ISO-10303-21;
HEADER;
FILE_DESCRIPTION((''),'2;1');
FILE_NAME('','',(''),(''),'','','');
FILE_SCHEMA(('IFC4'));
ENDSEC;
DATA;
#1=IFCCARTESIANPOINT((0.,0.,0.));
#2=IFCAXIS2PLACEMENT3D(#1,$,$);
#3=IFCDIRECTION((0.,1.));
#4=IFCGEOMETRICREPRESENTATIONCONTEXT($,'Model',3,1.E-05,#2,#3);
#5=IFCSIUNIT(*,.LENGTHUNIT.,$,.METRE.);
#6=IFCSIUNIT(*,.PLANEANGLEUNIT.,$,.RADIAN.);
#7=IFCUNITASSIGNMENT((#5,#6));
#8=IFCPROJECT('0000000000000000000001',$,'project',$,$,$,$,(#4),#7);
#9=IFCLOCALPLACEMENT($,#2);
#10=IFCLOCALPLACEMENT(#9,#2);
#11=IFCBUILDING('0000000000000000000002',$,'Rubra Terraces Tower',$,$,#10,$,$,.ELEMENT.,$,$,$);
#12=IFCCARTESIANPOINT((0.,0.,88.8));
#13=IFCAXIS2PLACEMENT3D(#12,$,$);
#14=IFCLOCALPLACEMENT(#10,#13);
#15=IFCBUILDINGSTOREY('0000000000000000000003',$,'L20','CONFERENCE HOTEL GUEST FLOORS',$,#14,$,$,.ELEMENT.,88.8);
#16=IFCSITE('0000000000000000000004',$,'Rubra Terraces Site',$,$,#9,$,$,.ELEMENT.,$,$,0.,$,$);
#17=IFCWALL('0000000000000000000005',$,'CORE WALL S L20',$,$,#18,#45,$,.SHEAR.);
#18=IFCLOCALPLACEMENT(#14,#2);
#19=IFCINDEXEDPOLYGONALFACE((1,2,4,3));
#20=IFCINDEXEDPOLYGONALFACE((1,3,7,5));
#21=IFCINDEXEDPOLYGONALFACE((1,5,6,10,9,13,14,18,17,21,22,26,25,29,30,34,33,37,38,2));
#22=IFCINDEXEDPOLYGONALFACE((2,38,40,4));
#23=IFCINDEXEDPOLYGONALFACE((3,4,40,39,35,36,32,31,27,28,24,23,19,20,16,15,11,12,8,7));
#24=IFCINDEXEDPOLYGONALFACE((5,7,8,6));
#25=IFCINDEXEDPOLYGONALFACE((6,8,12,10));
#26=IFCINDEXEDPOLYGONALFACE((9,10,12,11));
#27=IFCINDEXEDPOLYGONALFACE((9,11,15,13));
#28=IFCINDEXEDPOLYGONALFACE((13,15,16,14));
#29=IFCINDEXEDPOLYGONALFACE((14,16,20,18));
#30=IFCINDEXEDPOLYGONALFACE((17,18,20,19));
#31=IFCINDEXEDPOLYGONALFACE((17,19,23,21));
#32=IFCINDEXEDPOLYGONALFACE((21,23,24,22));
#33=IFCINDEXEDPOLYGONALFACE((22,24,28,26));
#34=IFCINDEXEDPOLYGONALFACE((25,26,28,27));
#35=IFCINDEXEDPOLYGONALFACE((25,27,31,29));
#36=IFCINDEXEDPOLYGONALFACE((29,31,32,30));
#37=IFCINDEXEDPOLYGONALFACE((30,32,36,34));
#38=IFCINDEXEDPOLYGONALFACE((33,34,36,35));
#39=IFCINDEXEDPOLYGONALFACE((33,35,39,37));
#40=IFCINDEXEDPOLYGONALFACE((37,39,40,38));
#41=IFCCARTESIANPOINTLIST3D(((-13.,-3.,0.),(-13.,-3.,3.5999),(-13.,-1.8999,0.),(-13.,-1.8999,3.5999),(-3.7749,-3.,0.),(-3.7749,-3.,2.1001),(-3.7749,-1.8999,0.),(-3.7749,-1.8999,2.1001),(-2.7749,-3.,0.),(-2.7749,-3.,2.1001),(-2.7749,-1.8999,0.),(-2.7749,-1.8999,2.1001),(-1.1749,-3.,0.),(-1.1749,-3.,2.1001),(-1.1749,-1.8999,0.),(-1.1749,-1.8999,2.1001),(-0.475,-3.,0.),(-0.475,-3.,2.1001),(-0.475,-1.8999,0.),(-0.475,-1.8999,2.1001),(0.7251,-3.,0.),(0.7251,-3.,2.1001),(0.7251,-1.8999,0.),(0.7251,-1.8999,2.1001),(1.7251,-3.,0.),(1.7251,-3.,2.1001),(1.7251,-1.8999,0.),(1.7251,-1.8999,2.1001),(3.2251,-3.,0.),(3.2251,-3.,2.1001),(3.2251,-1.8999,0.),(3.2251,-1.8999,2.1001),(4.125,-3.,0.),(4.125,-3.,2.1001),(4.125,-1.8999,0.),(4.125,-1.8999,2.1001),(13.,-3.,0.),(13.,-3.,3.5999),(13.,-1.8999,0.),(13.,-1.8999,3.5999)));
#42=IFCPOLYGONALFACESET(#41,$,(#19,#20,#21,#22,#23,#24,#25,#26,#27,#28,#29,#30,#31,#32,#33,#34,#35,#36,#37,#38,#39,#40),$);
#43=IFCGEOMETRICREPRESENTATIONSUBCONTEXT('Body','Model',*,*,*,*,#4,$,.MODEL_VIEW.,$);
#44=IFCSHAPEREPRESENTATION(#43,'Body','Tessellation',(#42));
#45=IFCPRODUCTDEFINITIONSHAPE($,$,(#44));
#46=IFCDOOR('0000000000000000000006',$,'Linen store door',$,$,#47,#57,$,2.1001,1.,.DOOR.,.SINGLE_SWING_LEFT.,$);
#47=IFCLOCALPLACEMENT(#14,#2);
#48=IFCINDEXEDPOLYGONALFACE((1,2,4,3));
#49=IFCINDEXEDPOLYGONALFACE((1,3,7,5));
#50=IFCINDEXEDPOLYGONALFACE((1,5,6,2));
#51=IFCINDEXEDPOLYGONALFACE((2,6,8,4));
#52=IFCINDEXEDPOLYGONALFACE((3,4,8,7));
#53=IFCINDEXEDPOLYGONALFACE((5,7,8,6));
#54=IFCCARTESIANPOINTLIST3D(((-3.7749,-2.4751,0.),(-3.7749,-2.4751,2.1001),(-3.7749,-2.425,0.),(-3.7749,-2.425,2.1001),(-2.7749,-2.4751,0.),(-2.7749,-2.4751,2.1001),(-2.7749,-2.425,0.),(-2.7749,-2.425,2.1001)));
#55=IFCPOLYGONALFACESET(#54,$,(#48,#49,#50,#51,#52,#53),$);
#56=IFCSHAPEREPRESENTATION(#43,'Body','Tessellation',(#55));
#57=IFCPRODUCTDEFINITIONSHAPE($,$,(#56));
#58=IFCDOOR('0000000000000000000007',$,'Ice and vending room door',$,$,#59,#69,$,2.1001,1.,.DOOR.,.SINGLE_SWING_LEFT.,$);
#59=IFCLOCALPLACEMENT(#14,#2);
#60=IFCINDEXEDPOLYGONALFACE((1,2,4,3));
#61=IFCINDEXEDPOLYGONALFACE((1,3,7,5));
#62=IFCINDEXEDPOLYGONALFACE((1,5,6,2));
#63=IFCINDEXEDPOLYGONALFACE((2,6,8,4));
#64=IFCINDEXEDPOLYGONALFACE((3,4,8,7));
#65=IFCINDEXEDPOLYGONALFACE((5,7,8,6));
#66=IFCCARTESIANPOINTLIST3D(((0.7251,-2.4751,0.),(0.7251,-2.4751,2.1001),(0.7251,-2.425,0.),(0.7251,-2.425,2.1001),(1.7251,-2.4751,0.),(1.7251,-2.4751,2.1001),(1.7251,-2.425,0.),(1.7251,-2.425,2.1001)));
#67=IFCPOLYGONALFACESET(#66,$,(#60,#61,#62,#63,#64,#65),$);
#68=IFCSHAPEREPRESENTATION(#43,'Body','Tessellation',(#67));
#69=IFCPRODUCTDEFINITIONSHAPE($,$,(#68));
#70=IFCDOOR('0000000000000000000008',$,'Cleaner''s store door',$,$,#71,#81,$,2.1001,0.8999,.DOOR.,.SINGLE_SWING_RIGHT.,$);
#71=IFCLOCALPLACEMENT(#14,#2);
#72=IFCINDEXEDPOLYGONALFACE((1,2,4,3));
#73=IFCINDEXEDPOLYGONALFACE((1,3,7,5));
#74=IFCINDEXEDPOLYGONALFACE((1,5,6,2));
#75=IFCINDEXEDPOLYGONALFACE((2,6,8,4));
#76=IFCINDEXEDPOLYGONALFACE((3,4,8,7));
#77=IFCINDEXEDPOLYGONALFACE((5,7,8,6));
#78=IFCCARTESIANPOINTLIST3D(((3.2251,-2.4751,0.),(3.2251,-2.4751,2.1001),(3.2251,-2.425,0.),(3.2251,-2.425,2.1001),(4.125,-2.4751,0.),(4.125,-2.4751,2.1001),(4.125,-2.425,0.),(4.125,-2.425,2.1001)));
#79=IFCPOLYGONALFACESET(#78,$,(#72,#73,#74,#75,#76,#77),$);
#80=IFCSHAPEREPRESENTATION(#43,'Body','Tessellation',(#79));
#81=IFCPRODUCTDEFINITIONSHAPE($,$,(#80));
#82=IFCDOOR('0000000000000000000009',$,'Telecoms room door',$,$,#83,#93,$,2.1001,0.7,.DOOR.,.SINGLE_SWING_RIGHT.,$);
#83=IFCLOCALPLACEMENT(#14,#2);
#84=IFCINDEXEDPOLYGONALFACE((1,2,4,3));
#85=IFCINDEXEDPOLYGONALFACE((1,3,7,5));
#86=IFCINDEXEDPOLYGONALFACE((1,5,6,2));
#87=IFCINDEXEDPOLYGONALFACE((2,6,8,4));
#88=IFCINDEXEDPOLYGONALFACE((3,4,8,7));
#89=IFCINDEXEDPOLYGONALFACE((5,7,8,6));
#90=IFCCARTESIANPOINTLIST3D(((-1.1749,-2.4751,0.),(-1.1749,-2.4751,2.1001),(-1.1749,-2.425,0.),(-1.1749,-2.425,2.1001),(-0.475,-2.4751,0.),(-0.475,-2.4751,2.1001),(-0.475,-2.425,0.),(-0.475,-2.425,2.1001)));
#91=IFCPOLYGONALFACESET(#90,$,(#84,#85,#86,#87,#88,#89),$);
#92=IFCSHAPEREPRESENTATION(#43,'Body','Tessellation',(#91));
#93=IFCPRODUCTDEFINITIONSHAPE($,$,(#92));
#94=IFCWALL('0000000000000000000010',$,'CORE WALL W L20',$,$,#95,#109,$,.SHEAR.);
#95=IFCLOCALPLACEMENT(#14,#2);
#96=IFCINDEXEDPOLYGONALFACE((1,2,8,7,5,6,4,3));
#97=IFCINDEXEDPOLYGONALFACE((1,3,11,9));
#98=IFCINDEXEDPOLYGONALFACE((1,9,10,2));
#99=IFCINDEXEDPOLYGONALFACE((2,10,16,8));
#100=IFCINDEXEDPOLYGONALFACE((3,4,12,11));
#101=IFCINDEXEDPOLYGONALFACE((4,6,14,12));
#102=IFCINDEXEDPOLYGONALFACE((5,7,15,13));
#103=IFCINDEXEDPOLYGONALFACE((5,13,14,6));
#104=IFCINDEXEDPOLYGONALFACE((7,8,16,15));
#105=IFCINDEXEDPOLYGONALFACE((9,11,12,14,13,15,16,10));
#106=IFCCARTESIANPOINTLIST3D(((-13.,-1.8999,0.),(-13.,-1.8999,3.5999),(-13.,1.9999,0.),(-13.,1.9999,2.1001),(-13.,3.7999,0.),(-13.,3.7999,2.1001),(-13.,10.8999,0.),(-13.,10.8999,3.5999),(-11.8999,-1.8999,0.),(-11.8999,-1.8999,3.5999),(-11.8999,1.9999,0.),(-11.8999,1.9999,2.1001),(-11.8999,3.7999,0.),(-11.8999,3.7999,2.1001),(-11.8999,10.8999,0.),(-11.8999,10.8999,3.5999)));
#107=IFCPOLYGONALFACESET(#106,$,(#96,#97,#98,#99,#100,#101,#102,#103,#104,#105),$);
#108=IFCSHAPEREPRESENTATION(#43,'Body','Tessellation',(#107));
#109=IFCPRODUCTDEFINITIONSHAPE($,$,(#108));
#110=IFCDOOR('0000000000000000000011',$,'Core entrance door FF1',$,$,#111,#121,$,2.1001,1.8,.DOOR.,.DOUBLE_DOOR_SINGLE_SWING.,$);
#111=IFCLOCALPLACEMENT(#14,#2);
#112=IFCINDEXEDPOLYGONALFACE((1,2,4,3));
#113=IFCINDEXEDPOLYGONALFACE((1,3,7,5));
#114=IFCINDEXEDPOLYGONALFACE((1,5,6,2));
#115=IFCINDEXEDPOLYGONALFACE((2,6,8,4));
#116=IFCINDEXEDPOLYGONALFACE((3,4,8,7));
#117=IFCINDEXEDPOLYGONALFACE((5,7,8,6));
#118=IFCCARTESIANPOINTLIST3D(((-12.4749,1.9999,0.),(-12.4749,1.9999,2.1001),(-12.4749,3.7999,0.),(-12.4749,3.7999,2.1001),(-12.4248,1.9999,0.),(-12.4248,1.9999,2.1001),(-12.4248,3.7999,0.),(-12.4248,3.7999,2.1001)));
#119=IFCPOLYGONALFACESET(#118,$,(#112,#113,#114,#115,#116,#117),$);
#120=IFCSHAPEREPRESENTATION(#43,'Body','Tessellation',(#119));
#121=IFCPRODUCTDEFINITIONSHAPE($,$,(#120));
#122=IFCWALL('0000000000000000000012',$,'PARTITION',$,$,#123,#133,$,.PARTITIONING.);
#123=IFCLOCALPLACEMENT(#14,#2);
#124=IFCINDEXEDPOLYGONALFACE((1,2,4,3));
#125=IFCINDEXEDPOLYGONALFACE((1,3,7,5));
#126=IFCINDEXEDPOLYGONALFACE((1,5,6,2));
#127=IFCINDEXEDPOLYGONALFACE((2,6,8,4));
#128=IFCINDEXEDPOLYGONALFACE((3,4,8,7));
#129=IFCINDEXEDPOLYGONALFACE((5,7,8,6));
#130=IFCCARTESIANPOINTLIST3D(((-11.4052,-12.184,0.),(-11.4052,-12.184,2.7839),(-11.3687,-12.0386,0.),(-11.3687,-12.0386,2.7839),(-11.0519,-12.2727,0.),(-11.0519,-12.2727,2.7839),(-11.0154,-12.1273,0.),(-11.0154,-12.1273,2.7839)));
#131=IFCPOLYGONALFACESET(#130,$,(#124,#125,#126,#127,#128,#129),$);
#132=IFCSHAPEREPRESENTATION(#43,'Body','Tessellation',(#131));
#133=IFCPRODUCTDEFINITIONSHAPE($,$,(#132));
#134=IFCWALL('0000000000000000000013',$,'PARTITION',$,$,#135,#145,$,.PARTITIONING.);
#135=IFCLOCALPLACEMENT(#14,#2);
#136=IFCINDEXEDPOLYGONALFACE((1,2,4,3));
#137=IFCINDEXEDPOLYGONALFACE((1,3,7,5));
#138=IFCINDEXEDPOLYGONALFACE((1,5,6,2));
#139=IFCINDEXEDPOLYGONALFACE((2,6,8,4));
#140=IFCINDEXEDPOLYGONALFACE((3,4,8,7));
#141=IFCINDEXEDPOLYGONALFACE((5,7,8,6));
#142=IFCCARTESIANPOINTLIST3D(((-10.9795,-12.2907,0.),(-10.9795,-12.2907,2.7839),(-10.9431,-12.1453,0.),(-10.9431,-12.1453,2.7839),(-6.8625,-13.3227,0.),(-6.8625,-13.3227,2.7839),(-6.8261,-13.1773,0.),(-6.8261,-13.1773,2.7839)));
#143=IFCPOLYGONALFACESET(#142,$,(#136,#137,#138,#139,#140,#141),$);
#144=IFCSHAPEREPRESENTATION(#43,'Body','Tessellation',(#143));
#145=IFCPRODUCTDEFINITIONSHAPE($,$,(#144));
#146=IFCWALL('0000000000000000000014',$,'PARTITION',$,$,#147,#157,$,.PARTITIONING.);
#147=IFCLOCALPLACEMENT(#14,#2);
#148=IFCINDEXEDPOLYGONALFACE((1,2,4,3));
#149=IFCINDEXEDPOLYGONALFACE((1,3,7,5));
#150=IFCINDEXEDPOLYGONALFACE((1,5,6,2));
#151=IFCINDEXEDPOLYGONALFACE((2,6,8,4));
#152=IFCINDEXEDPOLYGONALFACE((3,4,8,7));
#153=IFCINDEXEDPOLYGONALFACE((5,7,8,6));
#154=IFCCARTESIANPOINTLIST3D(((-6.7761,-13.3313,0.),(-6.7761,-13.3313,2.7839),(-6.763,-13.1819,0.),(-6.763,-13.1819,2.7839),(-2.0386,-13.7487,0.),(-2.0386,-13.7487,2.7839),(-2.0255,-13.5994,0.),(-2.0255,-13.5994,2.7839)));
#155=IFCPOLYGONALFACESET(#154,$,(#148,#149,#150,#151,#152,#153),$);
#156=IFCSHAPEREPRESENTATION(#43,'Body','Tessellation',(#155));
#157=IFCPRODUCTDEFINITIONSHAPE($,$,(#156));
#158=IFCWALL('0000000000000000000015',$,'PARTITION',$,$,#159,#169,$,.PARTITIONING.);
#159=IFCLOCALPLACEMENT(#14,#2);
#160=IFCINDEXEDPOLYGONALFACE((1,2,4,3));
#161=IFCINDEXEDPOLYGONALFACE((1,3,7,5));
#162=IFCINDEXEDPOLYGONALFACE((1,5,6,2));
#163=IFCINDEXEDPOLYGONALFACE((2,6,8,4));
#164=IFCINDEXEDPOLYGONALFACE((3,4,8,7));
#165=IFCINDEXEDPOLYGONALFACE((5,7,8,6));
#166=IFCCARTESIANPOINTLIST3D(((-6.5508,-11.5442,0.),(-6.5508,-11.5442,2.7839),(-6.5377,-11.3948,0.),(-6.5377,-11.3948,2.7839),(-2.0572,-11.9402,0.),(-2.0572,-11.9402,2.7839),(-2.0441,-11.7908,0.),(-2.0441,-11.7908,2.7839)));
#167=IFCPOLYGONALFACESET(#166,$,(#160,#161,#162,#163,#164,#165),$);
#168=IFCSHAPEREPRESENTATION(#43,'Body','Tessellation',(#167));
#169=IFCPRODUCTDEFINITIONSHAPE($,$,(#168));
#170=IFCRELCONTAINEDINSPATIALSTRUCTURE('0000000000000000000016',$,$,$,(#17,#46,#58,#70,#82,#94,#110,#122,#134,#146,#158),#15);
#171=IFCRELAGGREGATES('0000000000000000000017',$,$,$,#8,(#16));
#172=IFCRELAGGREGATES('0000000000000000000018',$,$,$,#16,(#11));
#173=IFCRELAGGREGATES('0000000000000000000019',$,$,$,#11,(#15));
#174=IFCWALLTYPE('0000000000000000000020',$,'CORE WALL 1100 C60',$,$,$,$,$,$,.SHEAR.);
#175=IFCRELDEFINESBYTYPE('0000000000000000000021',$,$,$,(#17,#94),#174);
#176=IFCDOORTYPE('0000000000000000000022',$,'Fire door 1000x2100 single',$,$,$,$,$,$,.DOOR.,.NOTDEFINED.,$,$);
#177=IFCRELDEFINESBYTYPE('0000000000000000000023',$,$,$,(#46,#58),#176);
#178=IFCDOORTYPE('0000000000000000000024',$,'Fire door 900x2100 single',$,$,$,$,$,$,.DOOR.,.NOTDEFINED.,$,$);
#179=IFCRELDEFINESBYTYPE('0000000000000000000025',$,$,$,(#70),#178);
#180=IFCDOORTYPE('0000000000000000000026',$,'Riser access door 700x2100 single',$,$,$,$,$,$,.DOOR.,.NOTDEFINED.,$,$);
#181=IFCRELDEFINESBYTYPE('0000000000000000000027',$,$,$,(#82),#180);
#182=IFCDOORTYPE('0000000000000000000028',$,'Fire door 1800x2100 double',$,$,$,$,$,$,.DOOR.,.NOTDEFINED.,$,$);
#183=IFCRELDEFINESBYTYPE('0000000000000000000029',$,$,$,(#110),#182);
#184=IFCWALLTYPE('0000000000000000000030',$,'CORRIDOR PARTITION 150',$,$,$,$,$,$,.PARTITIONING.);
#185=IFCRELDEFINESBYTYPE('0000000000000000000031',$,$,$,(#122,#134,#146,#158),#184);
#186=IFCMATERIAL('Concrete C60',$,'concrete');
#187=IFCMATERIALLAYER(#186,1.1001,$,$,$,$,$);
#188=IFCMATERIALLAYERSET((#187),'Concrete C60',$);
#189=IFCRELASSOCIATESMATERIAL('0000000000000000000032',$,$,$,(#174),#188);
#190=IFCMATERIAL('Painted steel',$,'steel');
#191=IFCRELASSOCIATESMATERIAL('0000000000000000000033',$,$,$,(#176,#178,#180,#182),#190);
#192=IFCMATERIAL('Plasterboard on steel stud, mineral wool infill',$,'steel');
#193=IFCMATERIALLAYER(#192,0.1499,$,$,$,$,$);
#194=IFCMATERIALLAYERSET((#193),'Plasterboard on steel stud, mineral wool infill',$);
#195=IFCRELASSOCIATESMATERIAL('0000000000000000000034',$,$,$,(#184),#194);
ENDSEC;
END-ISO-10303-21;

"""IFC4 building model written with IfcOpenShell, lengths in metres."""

from ifc_helpers import new_model, si_unit, direction, frame, frame_2d, origin, place, context, subcontext, project, spatial, rectangle, extrude, material, layer, layer_set, type_object, element, fill, save


model = new_model("IFC4")

# Units and contexts
model_context = context("Model", 3, precision=1e-05, world=origin(), true_north=direction((0.0, 1.0)))
body_context = subcontext(model_context, "Body", "Model", "MODEL_VIEW")
ifc_project = project(units=[si_unit("LENGTHUNIT", "METRE"), si_unit("PLANEANGLEUNIT", "RADIAN")], contexts=[model_context])

# Site, building, storey
site_placement = place(None, origin())
site = spatial("IfcSite", under=ifc_project, at=site_placement, Name="Rubra Terraces Site", CompositionType="ELEMENT", RefElevation=0.0)
building_placement = place(site_placement, origin())
building = spatial("IfcBuilding", under=site, at=building_placement, Name="Rubra Terraces Tower", CompositionType="ELEMENT")
storey_placement = place(building_placement, frame((0.0, 0.0, 88.8)))
storey = spatial("IfcBuildingStorey", under=building, at=storey_placement, Name="L20", Description="CONFERENCE HOTEL GUEST FLOORS", CompositionType="ELEMENT", Elevation=88.8)

# Wall, openings, doors
ifc_material_1 = material(Name="Concrete C60", Category="concrete")
ifc_layer_1 = layer(ifc_material_1, 1.1001)
ifc_layer_set_1 = layer_set([ifc_layer_1], Name="Concrete C60")
wall_type_1 = type_object("IfcWallType", Name="CORE WALL 1100 C60", PredefinedType="SHEAR", material=ifc_layer_set_1)
wall_1_placement = place(storey_placement, frame((-13.0, -2.45, 0.0), z_axis=(0.0, 0.0, 1.0), x_axis=(1.0, 0.0, 0.0)))
wall_1 = element("IfcWall", 1, at=wall_1_placement, inside=storey, type_object=wall_type_1, Name="CORE WALL S L20", PredefinedType="SHEAR", context=body_context, shape_type="SweptSolid", body=[
    extrude(rectangle(XDim=26.0, YDim=1.1001, at=frame_2d((13.0, 0.0))), origin(), (0.0, 0.0, 1.0), 3.5999),
])
opening_1_placement = place(wall_1_placement, frame((9.2251, 0.0, 0.0)))
opening_1 = element("IfcOpeningElement", 2, at=opening_1_placement, cuts=wall_1, PredefinedType="OPENING", context=body_context, shape_type="SweptSolid", body=[
    extrude(rectangle(XDim=1.0, YDim=2.1001, at=frame_2d((0.5, 1.05))), frame((0.0, 0.5601, 0.0), z_axis=(0.0, -1.0, 0.0), x_axis=(1.0, 0.0, 0.0)), (0.0, 0.0, 1.0), 1.1201),
])
opening_2_placement = place(wall_1_placement, frame((11.825, 0.0, 0.0)))
opening_2 = element("IfcOpeningElement", 3, at=opening_2_placement, cuts=wall_1, PredefinedType="OPENING", context=body_context, shape_type="SweptSolid", body=[
    extrude(rectangle(XDim=0.7, YDim=2.1001, at=frame_2d((0.3501, 1.05))), frame((0.0, 0.5601, 0.0), z_axis=(0.0, -1.0, 0.0), x_axis=(1.0, 0.0, 0.0)), (0.0, 0.0, 1.0), 1.1201),
])
opening_3_placement = place(wall_1_placement, frame((13.7251, 0.0, 0.0)))
opening_3 = element("IfcOpeningElement", 4, at=opening_3_placement, cuts=wall_1, PredefinedType="OPENING", context=body_context, shape_type="SweptSolid", body=[
    extrude(rectangle(XDim=1.0, YDim=2.1001, at=frame_2d((0.5, 1.05))), frame((0.0, 0.5601, 0.0), z_axis=(0.0, -1.0, 0.0), x_axis=(1.0, 0.0, 0.0)), (0.0, 0.0, 1.0), 1.1201),
])
opening_4_placement = place(wall_1_placement, frame((16.2251, 0.0, 0.0)))
opening_4 = element("IfcOpeningElement", 5, at=opening_4_placement, cuts=wall_1, PredefinedType="OPENING", context=body_context, shape_type="SweptSolid", body=[
    extrude(rectangle(XDim=0.8999, YDim=2.1001, at=frame_2d((0.45, 1.05))), frame((0.0, 0.5601, 0.0), z_axis=(0.0, -1.0, 0.0), x_axis=(1.0, 0.0, 0.0)), (0.0, 0.0, 1.0), 1.1201),
])
ifc_material_2 = material(Name="Painted steel", Category="steel")
door_type_1 = type_object("IfcDoorType", Name="Fire door 1000x2100 single", OperationType="NOTDEFINED", PredefinedType="DOOR", material=ifc_material_2)
door_1_placement = place(opening_1_placement, origin())
door_1 = element("IfcDoor", 6, at=door_1_placement, inside=storey, type_object=door_type_1, Name="Linen store door", OperationType="SINGLE_SWING_LEFT", OverallHeight=2.1001, OverallWidth=1.0, PredefinedType="DOOR", context=body_context, shape_type="SweptSolid", body=[
    extrude(rectangle(XDim=1.0, YDim=2.1001, at=frame_2d((0.5, 1.05))), frame((0.0, 0.0249, 0.0), z_axis=(0.0, -1.0, 0.0), x_axis=(1.0, 0.0, 0.0)), (0.0, 0.0, 1.0), 0.05),
])
fill(opening_1, door_1)
door_2_placement = place(opening_3_placement, origin())
door_2 = element("IfcDoor", 7, at=door_2_placement, inside=storey, type_object=door_type_1, Name="Ice and vending room door", OperationType="SINGLE_SWING_LEFT", OverallHeight=2.1001, OverallWidth=1.0, PredefinedType="DOOR", context=body_context, shape_type="SweptSolid", body=[
    extrude(rectangle(XDim=1.0, YDim=2.1001, at=frame_2d((0.5, 1.05))), frame((0.0, 0.0249, 0.0), z_axis=(0.0, -1.0, 0.0), x_axis=(1.0, 0.0, 0.0)), (0.0, 0.0, 1.0), 0.05),
])
fill(opening_3, door_2)
door_type_2 = type_object("IfcDoorType", Name="Fire door 900x2100 single", OperationType="NOTDEFINED", PredefinedType="DOOR", material=ifc_material_2)
door_3_placement = place(opening_4_placement, origin())
door_3 = element("IfcDoor", 8, at=door_3_placement, inside=storey, type_object=door_type_2, Name="Cleaner's store door", OperationType="SINGLE_SWING_RIGHT", OverallHeight=2.1001, OverallWidth=0.8999, PredefinedType="DOOR", context=body_context, shape_type="SweptSolid", body=[
    extrude(rectangle(XDim=0.8999, YDim=2.1001, at=frame_2d((0.45, 1.05))), frame((0.0, 0.0249, 0.0), z_axis=(0.0, -1.0, 0.0), x_axis=(1.0, 0.0, 0.0)), (0.0, 0.0, 1.0), 0.05),
])
fill(opening_4, door_3)
door_type_3 = type_object("IfcDoorType", Name="Riser access door 700x2100 single", OperationType="NOTDEFINED", PredefinedType="DOOR", material=ifc_material_2)
door_4_placement = place(opening_2_placement, origin())
door_4 = element("IfcDoor", 9, at=door_4_placement, inside=storey, type_object=door_type_3, Name="Telecoms room door", OperationType="SINGLE_SWING_RIGHT", OverallHeight=2.1001, OverallWidth=0.7, PredefinedType="DOOR", context=body_context, shape_type="SweptSolid", body=[
    extrude(rectangle(XDim=0.7, YDim=2.1001, at=frame_2d((0.3501, 1.05))), frame((0.0, 0.0249, 0.0), z_axis=(0.0, -1.0, 0.0), x_axis=(1.0, 0.0, 0.0)), (0.0, 0.0, 1.0), 0.05),
])
fill(opening_2, door_4)

# Wall, opening, door
wall_2_placement = place(storey_placement, frame((-12.45, -1.8999, 0.0), z_axis=(0.0, 0.0, 1.0), x_axis=(0.0, 1.0, 0.0)))
wall_2 = element("IfcWall", 10, at=wall_2_placement, inside=storey, type_object=wall_type_1, Name="CORE WALL W L20", PredefinedType="SHEAR", context=body_context, shape_type="SweptSolid", body=[
    extrude(rectangle(XDim=12.7998, YDim=1.1001, at=frame_2d((6.3999, 0.0))), origin(), (0.0, 0.0, 1.0), 3.5999),
])
opening_5_placement = place(wall_2_placement, frame((3.8999, 0.0, 0.0)))
opening_5 = element("IfcOpeningElement", 11, at=opening_5_placement, cuts=wall_2, PredefinedType="OPENING", context=body_context, shape_type="SweptSolid", body=[
    extrude(rectangle(XDim=1.8, YDim=2.1001, at=frame_2d((0.8999, 1.05))), frame((0.0, 0.5601, 0.0), z_axis=(0.0, -1.0, 0.0), x_axis=(1.0, 0.0, 0.0)), (0.0, 0.0, 1.0), 1.1201),
])
door_type_4 = type_object("IfcDoorType", Name="Fire door 1800x2100 double", OperationType="NOTDEFINED", PredefinedType="DOOR", material=ifc_material_2)
door_5_placement = place(opening_5_placement, origin())
door_5 = element("IfcDoor", 12, at=door_5_placement, inside=storey, type_object=door_type_4, Name="Core entrance door FF1", OperationType="DOUBLE_DOOR_SINGLE_SWING", OverallHeight=2.1001, OverallWidth=1.8, PredefinedType="DOOR", context=body_context, shape_type="SweptSolid", body=[
    extrude(rectangle(XDim=1.8, YDim=2.1001, at=frame_2d((0.8999, 1.05))), frame((0.0, 0.0249, 0.0), z_axis=(0.0, -1.0, 0.0), x_axis=(1.0, 0.0, 0.0)), (0.0, 0.0, 1.0), 0.05),
])
fill(opening_5, door_5)

# Walls
ifc_material_3 = material(Name="Plasterboard on steel stud, mineral wool infill", Category="steel")
ifc_layer_2 = layer(ifc_material_3, 0.1499)
ifc_layer_set_2 = layer_set([ifc_layer_2], Name="Plasterboard on steel stud, mineral wool infill")
wall_type_2 = type_object("IfcWallType", Name="CORRIDOR PARTITION 150", PredefinedType="PARTITIONING", material=ifc_layer_set_2)
wall_3_placement = place(storey_placement, frame((-11.387, -12.1113, 0.0), z_axis=(0.0, 0.0, 1.0), x_axis=(0.969945, -0.243324, 0.0)))
element("IfcWall", 13, at=wall_3_placement, inside=storey, type_object=wall_type_2, Name="PARTITION", PredefinedType="PARTITIONING", context=body_context, shape_type="SweptSolid", body=[
    extrude(rectangle(XDim=0.3643, YDim=0.1499, at=frame_2d((0.1821, 0.0))), origin(), (0.0, 0.0, 1.0), 2.7839),
])
wall_4_placement = place(storey_placement, frame((-10.9612, -12.218, 0.0), z_axis=(0.0, 0.0, 1.0), x_axis=(0.96999, -0.243145, 0.0)))
element("IfcWall", 14, at=wall_4_placement, inside=storey, type_object=wall_type_2, Name="PARTITION", PredefinedType="PARTITIONING", context=body_context, shape_type="SweptSolid", body=[
    extrude(rectangle(XDim=4.2444, YDim=0.1499, at=frame_2d((2.1221, 0.0))), origin(), (0.0, 0.0, 1.0), 2.7839),
])
wall_5_placement = place(storey_placement, frame((-6.7695, -13.2566, 0.0), z_axis=(0.0, 0.0, 1.0), x_axis=(0.99614, -0.087781, 0.0)))
element("IfcWall", 15, at=wall_5_placement, inside=storey, type_object=wall_type_2, Name="PARTITION", PredefinedType="PARTITIONING", context=body_context, shape_type="SweptSolid", body=[
    extrude(rectangle(XDim=4.7559, YDim=0.1499, at=frame_2d((2.3779, 0.0))), origin(), (0.0, 0.0, 1.0), 2.7839),
])
wall_6_placement = place(storey_placement, frame((-2.0508, -11.8655, 0.0), z_axis=(0.0, 0.0, 1.0), x_axis=(-0.99614, 0.087783, 0.0)))
element("IfcWall", 16, at=wall_6_placement, inside=storey, type_object=wall_type_2, Name="PARTITION", PredefinedType="PARTITIONING", context=body_context, shape_type="SweptSolid", body=[
    extrude(rectangle(XDim=4.511, YDim=0.1499, at=frame_2d((2.2554, 0.0))), origin(), (0.0, 0.0, 1.0), 2.7839),
])

save(model, "model.ifc")
